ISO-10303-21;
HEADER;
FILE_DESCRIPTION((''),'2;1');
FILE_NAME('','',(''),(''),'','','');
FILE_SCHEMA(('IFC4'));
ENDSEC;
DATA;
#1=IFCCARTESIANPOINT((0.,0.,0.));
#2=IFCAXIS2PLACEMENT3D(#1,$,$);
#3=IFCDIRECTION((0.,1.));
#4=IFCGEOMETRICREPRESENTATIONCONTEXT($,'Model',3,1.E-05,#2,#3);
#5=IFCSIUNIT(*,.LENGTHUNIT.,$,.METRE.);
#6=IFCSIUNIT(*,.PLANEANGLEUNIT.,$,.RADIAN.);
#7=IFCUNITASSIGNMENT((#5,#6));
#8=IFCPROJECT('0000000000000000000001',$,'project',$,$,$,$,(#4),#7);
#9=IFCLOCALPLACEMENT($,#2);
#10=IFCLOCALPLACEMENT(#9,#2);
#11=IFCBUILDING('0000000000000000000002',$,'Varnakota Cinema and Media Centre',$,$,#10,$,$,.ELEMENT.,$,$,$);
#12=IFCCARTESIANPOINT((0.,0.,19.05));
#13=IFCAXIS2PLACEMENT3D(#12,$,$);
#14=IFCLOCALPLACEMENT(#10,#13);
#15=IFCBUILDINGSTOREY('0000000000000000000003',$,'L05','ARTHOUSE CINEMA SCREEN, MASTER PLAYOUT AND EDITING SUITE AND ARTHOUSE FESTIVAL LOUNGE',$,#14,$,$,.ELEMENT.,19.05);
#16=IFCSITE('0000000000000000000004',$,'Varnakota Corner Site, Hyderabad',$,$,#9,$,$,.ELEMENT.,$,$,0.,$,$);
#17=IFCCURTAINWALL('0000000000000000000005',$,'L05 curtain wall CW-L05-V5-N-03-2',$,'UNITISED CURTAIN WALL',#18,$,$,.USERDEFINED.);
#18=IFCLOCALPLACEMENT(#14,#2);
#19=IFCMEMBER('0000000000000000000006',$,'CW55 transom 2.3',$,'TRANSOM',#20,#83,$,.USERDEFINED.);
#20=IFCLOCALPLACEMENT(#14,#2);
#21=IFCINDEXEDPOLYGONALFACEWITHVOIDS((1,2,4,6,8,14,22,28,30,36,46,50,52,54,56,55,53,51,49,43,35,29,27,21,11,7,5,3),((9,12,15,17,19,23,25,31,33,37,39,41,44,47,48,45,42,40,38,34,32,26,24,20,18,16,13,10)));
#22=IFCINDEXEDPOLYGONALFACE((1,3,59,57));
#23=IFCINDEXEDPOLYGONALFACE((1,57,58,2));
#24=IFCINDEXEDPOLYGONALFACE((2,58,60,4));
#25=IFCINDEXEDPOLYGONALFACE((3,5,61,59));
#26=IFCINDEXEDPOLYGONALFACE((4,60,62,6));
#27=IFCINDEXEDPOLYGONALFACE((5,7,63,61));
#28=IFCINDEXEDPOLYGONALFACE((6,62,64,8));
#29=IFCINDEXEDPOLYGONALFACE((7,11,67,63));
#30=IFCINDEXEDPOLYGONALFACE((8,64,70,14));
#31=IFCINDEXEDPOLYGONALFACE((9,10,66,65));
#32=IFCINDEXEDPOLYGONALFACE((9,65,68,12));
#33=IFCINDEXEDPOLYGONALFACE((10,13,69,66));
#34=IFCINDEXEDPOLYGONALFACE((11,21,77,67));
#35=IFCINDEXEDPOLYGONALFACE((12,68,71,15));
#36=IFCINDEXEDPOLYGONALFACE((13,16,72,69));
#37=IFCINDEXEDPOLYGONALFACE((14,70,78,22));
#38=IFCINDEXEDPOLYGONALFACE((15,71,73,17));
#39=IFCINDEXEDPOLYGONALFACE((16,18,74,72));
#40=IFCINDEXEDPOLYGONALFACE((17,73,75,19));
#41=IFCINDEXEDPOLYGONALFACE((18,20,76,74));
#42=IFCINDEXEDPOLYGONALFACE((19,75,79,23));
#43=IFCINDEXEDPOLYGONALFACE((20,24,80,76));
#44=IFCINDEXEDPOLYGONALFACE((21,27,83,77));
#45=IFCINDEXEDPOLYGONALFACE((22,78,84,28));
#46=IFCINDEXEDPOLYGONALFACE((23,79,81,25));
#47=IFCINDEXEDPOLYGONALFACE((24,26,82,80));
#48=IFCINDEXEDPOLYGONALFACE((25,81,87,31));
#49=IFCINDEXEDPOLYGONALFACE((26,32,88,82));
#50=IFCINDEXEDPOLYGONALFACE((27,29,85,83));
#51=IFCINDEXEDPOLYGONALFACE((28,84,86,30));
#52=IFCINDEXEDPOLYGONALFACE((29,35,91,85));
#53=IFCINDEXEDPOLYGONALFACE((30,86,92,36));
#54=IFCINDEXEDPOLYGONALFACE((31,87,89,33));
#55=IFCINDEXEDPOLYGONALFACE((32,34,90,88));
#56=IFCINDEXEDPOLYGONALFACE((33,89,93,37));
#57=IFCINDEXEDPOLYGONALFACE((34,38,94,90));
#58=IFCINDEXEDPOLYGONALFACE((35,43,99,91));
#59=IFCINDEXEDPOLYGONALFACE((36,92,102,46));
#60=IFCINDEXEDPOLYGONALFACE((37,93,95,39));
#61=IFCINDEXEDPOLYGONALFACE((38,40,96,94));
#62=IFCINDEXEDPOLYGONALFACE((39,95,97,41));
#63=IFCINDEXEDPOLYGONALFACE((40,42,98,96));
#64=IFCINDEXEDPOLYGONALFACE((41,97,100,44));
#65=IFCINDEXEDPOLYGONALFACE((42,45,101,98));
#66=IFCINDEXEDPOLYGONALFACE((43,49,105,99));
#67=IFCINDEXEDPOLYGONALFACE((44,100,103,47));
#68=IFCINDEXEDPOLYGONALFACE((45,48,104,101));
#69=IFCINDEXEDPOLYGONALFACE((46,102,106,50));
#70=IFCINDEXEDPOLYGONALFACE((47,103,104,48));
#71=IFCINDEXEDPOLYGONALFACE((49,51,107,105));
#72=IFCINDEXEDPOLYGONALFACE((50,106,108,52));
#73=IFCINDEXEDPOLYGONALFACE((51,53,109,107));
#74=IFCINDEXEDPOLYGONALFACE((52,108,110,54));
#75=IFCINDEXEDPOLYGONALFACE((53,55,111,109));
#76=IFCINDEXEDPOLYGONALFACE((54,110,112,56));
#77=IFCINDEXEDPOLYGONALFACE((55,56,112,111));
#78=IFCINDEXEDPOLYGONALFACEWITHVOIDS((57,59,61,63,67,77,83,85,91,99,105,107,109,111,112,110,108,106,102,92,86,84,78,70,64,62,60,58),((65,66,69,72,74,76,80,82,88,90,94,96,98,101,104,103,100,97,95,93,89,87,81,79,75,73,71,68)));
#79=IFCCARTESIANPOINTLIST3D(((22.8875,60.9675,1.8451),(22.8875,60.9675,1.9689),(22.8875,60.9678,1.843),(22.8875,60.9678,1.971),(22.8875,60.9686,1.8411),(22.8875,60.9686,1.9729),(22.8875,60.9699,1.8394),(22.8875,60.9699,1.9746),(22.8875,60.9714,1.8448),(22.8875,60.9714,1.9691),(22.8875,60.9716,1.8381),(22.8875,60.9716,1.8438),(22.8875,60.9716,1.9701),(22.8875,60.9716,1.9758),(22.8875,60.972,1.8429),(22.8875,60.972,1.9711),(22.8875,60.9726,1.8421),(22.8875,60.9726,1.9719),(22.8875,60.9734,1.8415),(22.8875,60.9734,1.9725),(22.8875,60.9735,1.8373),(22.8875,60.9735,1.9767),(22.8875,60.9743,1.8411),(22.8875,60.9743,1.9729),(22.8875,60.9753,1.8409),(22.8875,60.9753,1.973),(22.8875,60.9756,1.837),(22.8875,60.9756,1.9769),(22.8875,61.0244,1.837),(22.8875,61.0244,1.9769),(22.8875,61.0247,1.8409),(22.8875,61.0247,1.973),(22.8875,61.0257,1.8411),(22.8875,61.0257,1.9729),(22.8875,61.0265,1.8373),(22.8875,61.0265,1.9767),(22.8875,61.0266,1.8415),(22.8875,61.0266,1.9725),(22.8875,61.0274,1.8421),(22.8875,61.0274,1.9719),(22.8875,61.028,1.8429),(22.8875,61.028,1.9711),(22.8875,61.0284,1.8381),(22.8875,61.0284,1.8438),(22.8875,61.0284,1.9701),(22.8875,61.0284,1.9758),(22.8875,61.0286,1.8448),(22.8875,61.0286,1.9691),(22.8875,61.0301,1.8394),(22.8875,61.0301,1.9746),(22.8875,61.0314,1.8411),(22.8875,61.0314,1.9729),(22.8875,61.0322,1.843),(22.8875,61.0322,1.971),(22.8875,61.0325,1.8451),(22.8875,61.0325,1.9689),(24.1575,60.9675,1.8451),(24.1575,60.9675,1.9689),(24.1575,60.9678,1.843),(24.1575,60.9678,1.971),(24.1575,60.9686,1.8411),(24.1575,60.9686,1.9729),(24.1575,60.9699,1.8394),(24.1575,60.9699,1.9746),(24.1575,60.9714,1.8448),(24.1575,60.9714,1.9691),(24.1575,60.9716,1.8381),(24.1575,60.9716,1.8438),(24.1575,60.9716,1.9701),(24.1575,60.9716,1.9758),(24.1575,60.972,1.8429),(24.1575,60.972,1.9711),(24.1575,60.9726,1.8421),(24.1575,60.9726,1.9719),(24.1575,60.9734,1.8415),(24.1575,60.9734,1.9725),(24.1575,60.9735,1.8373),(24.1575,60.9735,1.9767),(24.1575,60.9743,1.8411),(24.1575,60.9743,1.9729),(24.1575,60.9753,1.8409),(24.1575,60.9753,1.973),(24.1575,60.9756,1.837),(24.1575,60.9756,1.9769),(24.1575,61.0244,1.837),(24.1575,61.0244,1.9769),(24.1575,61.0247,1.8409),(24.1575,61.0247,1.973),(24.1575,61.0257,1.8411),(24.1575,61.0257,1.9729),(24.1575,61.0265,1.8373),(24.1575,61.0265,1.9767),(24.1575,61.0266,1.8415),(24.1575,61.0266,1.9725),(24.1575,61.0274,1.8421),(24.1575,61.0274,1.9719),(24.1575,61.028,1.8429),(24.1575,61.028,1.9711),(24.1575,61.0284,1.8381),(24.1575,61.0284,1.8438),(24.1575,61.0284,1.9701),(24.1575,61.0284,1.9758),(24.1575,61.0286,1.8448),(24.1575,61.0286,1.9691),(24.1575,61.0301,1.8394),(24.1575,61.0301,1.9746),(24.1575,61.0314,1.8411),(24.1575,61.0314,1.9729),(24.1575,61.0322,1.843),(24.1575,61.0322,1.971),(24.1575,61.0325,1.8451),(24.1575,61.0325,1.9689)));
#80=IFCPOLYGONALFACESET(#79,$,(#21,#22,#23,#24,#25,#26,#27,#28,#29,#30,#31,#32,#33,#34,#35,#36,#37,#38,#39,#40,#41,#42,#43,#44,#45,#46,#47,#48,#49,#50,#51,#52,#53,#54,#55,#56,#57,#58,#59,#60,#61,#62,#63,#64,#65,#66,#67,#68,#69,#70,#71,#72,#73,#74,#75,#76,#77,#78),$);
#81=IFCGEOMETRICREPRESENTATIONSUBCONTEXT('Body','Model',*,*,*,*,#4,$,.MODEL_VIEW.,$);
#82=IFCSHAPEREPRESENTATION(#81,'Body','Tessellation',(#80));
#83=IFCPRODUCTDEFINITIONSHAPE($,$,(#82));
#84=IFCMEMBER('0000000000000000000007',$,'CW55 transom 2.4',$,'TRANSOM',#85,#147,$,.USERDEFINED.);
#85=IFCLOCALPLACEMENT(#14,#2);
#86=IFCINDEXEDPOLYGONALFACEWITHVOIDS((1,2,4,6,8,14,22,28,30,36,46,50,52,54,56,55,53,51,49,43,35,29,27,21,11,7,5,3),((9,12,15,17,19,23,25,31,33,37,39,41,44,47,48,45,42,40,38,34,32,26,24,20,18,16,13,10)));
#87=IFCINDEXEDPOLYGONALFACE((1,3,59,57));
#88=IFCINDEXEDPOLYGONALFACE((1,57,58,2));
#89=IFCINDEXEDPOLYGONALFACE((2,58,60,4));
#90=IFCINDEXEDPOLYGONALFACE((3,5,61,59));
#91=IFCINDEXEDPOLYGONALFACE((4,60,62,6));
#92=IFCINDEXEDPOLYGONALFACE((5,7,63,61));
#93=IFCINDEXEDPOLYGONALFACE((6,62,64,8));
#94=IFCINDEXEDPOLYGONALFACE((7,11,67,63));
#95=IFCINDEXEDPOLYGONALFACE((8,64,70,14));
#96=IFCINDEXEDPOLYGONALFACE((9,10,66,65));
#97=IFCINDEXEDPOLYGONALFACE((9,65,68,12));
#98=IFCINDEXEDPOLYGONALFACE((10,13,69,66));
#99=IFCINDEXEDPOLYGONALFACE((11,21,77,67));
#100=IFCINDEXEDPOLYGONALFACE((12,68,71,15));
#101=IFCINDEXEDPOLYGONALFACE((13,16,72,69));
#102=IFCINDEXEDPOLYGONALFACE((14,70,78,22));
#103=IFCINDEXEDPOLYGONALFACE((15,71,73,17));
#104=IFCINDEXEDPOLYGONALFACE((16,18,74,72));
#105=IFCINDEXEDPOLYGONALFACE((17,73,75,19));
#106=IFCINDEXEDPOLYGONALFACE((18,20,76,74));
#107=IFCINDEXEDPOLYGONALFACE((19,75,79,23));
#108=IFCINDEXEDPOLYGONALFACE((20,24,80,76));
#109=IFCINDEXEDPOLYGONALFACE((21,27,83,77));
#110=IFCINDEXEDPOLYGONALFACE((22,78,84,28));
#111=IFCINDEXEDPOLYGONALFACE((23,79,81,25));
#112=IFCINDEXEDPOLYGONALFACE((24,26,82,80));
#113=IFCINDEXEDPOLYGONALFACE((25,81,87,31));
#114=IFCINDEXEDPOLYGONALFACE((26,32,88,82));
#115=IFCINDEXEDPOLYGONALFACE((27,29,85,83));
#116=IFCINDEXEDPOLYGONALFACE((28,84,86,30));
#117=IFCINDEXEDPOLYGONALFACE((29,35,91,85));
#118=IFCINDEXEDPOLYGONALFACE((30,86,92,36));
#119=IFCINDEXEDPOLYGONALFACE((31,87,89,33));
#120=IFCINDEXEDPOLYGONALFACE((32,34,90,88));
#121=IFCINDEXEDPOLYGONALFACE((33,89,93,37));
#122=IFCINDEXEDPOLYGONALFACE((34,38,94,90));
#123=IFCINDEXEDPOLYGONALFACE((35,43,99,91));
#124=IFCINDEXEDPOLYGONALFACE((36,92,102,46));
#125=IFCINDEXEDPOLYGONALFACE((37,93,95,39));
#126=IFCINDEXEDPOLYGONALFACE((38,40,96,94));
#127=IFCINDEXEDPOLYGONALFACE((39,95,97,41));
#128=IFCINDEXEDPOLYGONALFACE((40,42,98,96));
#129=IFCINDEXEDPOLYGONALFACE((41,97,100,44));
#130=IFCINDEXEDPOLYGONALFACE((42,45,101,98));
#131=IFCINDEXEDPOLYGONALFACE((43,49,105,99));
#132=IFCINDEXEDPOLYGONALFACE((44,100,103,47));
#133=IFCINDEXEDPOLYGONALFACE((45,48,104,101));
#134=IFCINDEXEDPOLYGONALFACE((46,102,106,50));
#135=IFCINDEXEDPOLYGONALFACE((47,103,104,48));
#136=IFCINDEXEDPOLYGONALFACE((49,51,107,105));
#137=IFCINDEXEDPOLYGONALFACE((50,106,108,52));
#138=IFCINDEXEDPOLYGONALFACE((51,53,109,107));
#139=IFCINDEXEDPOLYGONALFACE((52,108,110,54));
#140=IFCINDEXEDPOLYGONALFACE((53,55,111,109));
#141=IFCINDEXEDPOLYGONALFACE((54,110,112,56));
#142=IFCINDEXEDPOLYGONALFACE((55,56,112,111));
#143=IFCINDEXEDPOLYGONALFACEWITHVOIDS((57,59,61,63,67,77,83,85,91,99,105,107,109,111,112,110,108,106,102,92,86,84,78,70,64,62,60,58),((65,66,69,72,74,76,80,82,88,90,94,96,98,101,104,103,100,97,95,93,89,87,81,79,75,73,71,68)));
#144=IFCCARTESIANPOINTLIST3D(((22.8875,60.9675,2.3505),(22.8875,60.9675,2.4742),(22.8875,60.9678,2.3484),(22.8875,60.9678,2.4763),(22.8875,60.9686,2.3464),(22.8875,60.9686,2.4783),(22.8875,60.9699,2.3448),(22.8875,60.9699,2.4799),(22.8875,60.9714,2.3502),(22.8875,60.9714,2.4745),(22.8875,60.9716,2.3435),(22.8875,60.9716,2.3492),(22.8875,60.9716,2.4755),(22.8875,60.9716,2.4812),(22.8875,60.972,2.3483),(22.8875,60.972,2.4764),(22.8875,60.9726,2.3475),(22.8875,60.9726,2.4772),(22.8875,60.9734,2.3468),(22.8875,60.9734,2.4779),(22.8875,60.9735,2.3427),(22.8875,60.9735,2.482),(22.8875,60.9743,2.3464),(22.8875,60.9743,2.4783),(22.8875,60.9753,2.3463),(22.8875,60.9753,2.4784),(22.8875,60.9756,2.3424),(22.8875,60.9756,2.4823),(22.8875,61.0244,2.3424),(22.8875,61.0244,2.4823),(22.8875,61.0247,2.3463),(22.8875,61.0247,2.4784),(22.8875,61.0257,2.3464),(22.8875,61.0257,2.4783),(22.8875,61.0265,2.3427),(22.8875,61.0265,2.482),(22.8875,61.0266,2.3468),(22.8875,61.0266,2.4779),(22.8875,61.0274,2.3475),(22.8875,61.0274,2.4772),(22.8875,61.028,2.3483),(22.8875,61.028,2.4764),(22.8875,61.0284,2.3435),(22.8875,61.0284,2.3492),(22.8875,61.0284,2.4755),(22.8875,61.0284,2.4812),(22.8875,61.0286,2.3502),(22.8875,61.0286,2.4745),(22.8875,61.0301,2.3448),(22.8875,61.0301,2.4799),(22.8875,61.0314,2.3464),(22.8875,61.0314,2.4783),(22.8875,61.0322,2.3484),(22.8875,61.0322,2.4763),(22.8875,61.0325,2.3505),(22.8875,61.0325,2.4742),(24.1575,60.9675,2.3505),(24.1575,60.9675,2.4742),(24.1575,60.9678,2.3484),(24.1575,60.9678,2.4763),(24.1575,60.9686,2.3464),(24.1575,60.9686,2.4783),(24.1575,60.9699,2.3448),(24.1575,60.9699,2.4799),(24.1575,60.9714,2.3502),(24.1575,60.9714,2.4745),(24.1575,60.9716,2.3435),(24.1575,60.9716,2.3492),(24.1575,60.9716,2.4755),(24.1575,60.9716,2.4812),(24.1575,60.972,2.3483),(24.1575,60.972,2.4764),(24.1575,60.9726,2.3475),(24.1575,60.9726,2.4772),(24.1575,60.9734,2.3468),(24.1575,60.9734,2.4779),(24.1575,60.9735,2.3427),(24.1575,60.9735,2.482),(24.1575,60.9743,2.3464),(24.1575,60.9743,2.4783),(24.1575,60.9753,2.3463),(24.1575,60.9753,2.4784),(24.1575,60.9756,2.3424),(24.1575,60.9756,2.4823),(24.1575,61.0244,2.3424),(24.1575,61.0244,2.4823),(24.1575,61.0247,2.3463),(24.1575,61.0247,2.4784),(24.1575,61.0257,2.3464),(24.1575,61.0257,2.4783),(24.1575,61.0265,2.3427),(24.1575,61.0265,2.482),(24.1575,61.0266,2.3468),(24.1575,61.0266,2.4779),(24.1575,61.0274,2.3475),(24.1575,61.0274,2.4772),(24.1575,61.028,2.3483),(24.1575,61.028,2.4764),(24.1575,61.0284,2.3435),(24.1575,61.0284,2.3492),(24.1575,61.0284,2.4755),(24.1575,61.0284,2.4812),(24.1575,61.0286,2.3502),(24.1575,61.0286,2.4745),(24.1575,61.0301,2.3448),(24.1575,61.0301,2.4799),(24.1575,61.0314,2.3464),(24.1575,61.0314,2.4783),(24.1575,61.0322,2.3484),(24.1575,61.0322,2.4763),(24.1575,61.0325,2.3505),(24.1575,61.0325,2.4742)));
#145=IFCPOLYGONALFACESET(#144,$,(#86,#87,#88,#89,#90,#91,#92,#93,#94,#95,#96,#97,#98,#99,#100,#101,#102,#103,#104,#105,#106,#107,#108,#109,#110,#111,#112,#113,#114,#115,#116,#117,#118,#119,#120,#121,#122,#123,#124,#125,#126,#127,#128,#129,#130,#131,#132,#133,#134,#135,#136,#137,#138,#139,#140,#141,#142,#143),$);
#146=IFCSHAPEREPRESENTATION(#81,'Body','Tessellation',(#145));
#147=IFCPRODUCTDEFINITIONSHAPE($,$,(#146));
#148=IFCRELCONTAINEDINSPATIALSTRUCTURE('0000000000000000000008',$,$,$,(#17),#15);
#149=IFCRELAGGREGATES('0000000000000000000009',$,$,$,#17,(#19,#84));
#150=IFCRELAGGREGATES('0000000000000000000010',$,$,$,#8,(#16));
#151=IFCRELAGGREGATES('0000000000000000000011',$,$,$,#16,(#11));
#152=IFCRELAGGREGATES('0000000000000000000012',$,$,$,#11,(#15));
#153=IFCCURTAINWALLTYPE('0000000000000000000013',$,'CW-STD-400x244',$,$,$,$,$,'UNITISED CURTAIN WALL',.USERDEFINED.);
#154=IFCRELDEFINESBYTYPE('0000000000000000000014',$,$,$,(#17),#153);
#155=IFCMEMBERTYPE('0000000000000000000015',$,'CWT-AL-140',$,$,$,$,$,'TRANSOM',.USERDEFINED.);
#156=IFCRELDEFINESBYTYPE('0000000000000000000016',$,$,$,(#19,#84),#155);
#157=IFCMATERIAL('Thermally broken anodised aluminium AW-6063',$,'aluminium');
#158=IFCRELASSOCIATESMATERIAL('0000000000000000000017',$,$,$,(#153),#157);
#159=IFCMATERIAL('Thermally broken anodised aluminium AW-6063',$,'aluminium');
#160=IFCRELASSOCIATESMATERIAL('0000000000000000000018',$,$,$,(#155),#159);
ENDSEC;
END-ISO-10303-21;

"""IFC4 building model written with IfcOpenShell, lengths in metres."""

from ifc_helpers import new_model, si_unit, direction, frame, origin, origin_2d, place, context, subcontext, project, spatial, hollow_rectangle, extrude, material, material_profile, profile_set, type_object, element, aggregate, save


model = new_model("IFC4")

# Units and contexts
model_context = context("Model", 3, precision=1e-05, world=origin(), true_north=direction((0.0, 1.0)))
body_context = subcontext(model_context, "Body", "Model", "MODEL_VIEW")
ifc_project = project(units=[si_unit("LENGTHUNIT", "METRE"), si_unit("PLANEANGLEUNIT", "RADIAN")], contexts=[model_context])

# Site, building, storey
site_placement = place(None, origin())
site = spatial("IfcSite", under=ifc_project, at=site_placement, Name="Varnakota Corner Site, Hyderabad", CompositionType="ELEMENT", RefElevation=0.0)
building_placement = place(site_placement, origin())
building = spatial("IfcBuilding", under=site, at=building_placement, Name="Varnakota Cinema and Media Centre", CompositionType="ELEMENT")
storey_placement = place(building_placement, frame((0.0, 0.0, 19.05)))
storey = spatial("IfcBuildingStorey", under=building, at=storey_placement, Name="L05", Description="ARTHOUSE CINEMA SCREEN, MASTER PLAYOUT AND EDITING SUITE AND ARTHOUSE FESTIVAL LOUNGE", CompositionType="ELEMENT", Elevation=19.05)

# Curtain wall, members
ifc_material_1 = material(Name="Thermally broken anodised aluminium AW-6063", Category="aluminium")
curtain_wall_type = type_object("IfcCurtainWallType", Name="CW-STD-400x244", ElementType="UNITISED CURTAIN WALL", PredefinedType="USERDEFINED", material=ifc_material_1)
curtain_wall_placement = place(storey_placement, origin())
curtain_wall = element("IfcCurtainWall", 1, at=curtain_wall_placement, inside=storey, type_object=curtain_wall_type, Name="L05 curtain wall CW-L05-V5-N-03-2", ObjectType="UNITISED CURTAIN WALL", PredefinedType="USERDEFINED")
ifc_material_2 = material(Name="Thermally broken anodised aluminium AW-6063", Category="aluminium")
ifc_material_profile_1 = material_profile(ifc_material_2, hollow_rectangle(XDim=0.0649, YDim=0.1399, WallThickness=0.0039, InnerFilletRadius=0.0039, OuterFilletRadius=0.0081, at=origin_2d()), Name="AL-TRANSOM 140x65x4")
ifc_profile_set_1 = profile_set([ifc_material_profile_1], Name="Thermally broken anodised aluminium AW-6063")
member_type_1 = type_object("IfcMemberType", Name="CWT-AL-140", ElementType="TRANSOM", PredefinedType="USERDEFINED", material=ifc_profile_set_1)
member_1_placement = place(storey_placement, frame((22.8875, 61.0, 1.907), z_axis=(1.0, 0.0, 0.0), x_axis=(0.0, 1.0, 0.0)))
member_1 = element("IfcMember", 2, at=member_1_placement, type_object=member_type_1, Name="CW55 transom 2.3", ObjectType="TRANSOM", PredefinedType="USERDEFINED", context=body_context, shape_type="SweptSolid", body=[
    extrude(hollow_rectangle(XDim=0.0649, YDim=0.1399, WallThickness=0.0039, InnerFilletRadius=0.0039, OuterFilletRadius=0.0081, at=origin_2d()), origin(), (0.0, 0.0, 1.0), 1.27),
])
member_2_placement = place(storey_placement, frame((22.8875, 61.0, 2.4124), z_axis=(1.0, 0.0, 0.0), x_axis=(0.0, 1.0, 0.0)))
member_2 = element("IfcMember", 3, at=member_2_placement, type_object=member_type_1, Name="CW55 transom 2.4", ObjectType="TRANSOM", PredefinedType="USERDEFINED", context=body_context, shape_type="SweptSolid", body=[
    extrude(hollow_rectangle(XDim=0.0649, YDim=0.1399, WallThickness=0.0039, InnerFilletRadius=0.0039, OuterFilletRadius=0.0081, at=origin_2d()), origin(), (0.0, 0.0, 1.0), 1.27),
])
aggregate(curtain_wall, [member_1, member_2])

save(model, "model.ifc")
